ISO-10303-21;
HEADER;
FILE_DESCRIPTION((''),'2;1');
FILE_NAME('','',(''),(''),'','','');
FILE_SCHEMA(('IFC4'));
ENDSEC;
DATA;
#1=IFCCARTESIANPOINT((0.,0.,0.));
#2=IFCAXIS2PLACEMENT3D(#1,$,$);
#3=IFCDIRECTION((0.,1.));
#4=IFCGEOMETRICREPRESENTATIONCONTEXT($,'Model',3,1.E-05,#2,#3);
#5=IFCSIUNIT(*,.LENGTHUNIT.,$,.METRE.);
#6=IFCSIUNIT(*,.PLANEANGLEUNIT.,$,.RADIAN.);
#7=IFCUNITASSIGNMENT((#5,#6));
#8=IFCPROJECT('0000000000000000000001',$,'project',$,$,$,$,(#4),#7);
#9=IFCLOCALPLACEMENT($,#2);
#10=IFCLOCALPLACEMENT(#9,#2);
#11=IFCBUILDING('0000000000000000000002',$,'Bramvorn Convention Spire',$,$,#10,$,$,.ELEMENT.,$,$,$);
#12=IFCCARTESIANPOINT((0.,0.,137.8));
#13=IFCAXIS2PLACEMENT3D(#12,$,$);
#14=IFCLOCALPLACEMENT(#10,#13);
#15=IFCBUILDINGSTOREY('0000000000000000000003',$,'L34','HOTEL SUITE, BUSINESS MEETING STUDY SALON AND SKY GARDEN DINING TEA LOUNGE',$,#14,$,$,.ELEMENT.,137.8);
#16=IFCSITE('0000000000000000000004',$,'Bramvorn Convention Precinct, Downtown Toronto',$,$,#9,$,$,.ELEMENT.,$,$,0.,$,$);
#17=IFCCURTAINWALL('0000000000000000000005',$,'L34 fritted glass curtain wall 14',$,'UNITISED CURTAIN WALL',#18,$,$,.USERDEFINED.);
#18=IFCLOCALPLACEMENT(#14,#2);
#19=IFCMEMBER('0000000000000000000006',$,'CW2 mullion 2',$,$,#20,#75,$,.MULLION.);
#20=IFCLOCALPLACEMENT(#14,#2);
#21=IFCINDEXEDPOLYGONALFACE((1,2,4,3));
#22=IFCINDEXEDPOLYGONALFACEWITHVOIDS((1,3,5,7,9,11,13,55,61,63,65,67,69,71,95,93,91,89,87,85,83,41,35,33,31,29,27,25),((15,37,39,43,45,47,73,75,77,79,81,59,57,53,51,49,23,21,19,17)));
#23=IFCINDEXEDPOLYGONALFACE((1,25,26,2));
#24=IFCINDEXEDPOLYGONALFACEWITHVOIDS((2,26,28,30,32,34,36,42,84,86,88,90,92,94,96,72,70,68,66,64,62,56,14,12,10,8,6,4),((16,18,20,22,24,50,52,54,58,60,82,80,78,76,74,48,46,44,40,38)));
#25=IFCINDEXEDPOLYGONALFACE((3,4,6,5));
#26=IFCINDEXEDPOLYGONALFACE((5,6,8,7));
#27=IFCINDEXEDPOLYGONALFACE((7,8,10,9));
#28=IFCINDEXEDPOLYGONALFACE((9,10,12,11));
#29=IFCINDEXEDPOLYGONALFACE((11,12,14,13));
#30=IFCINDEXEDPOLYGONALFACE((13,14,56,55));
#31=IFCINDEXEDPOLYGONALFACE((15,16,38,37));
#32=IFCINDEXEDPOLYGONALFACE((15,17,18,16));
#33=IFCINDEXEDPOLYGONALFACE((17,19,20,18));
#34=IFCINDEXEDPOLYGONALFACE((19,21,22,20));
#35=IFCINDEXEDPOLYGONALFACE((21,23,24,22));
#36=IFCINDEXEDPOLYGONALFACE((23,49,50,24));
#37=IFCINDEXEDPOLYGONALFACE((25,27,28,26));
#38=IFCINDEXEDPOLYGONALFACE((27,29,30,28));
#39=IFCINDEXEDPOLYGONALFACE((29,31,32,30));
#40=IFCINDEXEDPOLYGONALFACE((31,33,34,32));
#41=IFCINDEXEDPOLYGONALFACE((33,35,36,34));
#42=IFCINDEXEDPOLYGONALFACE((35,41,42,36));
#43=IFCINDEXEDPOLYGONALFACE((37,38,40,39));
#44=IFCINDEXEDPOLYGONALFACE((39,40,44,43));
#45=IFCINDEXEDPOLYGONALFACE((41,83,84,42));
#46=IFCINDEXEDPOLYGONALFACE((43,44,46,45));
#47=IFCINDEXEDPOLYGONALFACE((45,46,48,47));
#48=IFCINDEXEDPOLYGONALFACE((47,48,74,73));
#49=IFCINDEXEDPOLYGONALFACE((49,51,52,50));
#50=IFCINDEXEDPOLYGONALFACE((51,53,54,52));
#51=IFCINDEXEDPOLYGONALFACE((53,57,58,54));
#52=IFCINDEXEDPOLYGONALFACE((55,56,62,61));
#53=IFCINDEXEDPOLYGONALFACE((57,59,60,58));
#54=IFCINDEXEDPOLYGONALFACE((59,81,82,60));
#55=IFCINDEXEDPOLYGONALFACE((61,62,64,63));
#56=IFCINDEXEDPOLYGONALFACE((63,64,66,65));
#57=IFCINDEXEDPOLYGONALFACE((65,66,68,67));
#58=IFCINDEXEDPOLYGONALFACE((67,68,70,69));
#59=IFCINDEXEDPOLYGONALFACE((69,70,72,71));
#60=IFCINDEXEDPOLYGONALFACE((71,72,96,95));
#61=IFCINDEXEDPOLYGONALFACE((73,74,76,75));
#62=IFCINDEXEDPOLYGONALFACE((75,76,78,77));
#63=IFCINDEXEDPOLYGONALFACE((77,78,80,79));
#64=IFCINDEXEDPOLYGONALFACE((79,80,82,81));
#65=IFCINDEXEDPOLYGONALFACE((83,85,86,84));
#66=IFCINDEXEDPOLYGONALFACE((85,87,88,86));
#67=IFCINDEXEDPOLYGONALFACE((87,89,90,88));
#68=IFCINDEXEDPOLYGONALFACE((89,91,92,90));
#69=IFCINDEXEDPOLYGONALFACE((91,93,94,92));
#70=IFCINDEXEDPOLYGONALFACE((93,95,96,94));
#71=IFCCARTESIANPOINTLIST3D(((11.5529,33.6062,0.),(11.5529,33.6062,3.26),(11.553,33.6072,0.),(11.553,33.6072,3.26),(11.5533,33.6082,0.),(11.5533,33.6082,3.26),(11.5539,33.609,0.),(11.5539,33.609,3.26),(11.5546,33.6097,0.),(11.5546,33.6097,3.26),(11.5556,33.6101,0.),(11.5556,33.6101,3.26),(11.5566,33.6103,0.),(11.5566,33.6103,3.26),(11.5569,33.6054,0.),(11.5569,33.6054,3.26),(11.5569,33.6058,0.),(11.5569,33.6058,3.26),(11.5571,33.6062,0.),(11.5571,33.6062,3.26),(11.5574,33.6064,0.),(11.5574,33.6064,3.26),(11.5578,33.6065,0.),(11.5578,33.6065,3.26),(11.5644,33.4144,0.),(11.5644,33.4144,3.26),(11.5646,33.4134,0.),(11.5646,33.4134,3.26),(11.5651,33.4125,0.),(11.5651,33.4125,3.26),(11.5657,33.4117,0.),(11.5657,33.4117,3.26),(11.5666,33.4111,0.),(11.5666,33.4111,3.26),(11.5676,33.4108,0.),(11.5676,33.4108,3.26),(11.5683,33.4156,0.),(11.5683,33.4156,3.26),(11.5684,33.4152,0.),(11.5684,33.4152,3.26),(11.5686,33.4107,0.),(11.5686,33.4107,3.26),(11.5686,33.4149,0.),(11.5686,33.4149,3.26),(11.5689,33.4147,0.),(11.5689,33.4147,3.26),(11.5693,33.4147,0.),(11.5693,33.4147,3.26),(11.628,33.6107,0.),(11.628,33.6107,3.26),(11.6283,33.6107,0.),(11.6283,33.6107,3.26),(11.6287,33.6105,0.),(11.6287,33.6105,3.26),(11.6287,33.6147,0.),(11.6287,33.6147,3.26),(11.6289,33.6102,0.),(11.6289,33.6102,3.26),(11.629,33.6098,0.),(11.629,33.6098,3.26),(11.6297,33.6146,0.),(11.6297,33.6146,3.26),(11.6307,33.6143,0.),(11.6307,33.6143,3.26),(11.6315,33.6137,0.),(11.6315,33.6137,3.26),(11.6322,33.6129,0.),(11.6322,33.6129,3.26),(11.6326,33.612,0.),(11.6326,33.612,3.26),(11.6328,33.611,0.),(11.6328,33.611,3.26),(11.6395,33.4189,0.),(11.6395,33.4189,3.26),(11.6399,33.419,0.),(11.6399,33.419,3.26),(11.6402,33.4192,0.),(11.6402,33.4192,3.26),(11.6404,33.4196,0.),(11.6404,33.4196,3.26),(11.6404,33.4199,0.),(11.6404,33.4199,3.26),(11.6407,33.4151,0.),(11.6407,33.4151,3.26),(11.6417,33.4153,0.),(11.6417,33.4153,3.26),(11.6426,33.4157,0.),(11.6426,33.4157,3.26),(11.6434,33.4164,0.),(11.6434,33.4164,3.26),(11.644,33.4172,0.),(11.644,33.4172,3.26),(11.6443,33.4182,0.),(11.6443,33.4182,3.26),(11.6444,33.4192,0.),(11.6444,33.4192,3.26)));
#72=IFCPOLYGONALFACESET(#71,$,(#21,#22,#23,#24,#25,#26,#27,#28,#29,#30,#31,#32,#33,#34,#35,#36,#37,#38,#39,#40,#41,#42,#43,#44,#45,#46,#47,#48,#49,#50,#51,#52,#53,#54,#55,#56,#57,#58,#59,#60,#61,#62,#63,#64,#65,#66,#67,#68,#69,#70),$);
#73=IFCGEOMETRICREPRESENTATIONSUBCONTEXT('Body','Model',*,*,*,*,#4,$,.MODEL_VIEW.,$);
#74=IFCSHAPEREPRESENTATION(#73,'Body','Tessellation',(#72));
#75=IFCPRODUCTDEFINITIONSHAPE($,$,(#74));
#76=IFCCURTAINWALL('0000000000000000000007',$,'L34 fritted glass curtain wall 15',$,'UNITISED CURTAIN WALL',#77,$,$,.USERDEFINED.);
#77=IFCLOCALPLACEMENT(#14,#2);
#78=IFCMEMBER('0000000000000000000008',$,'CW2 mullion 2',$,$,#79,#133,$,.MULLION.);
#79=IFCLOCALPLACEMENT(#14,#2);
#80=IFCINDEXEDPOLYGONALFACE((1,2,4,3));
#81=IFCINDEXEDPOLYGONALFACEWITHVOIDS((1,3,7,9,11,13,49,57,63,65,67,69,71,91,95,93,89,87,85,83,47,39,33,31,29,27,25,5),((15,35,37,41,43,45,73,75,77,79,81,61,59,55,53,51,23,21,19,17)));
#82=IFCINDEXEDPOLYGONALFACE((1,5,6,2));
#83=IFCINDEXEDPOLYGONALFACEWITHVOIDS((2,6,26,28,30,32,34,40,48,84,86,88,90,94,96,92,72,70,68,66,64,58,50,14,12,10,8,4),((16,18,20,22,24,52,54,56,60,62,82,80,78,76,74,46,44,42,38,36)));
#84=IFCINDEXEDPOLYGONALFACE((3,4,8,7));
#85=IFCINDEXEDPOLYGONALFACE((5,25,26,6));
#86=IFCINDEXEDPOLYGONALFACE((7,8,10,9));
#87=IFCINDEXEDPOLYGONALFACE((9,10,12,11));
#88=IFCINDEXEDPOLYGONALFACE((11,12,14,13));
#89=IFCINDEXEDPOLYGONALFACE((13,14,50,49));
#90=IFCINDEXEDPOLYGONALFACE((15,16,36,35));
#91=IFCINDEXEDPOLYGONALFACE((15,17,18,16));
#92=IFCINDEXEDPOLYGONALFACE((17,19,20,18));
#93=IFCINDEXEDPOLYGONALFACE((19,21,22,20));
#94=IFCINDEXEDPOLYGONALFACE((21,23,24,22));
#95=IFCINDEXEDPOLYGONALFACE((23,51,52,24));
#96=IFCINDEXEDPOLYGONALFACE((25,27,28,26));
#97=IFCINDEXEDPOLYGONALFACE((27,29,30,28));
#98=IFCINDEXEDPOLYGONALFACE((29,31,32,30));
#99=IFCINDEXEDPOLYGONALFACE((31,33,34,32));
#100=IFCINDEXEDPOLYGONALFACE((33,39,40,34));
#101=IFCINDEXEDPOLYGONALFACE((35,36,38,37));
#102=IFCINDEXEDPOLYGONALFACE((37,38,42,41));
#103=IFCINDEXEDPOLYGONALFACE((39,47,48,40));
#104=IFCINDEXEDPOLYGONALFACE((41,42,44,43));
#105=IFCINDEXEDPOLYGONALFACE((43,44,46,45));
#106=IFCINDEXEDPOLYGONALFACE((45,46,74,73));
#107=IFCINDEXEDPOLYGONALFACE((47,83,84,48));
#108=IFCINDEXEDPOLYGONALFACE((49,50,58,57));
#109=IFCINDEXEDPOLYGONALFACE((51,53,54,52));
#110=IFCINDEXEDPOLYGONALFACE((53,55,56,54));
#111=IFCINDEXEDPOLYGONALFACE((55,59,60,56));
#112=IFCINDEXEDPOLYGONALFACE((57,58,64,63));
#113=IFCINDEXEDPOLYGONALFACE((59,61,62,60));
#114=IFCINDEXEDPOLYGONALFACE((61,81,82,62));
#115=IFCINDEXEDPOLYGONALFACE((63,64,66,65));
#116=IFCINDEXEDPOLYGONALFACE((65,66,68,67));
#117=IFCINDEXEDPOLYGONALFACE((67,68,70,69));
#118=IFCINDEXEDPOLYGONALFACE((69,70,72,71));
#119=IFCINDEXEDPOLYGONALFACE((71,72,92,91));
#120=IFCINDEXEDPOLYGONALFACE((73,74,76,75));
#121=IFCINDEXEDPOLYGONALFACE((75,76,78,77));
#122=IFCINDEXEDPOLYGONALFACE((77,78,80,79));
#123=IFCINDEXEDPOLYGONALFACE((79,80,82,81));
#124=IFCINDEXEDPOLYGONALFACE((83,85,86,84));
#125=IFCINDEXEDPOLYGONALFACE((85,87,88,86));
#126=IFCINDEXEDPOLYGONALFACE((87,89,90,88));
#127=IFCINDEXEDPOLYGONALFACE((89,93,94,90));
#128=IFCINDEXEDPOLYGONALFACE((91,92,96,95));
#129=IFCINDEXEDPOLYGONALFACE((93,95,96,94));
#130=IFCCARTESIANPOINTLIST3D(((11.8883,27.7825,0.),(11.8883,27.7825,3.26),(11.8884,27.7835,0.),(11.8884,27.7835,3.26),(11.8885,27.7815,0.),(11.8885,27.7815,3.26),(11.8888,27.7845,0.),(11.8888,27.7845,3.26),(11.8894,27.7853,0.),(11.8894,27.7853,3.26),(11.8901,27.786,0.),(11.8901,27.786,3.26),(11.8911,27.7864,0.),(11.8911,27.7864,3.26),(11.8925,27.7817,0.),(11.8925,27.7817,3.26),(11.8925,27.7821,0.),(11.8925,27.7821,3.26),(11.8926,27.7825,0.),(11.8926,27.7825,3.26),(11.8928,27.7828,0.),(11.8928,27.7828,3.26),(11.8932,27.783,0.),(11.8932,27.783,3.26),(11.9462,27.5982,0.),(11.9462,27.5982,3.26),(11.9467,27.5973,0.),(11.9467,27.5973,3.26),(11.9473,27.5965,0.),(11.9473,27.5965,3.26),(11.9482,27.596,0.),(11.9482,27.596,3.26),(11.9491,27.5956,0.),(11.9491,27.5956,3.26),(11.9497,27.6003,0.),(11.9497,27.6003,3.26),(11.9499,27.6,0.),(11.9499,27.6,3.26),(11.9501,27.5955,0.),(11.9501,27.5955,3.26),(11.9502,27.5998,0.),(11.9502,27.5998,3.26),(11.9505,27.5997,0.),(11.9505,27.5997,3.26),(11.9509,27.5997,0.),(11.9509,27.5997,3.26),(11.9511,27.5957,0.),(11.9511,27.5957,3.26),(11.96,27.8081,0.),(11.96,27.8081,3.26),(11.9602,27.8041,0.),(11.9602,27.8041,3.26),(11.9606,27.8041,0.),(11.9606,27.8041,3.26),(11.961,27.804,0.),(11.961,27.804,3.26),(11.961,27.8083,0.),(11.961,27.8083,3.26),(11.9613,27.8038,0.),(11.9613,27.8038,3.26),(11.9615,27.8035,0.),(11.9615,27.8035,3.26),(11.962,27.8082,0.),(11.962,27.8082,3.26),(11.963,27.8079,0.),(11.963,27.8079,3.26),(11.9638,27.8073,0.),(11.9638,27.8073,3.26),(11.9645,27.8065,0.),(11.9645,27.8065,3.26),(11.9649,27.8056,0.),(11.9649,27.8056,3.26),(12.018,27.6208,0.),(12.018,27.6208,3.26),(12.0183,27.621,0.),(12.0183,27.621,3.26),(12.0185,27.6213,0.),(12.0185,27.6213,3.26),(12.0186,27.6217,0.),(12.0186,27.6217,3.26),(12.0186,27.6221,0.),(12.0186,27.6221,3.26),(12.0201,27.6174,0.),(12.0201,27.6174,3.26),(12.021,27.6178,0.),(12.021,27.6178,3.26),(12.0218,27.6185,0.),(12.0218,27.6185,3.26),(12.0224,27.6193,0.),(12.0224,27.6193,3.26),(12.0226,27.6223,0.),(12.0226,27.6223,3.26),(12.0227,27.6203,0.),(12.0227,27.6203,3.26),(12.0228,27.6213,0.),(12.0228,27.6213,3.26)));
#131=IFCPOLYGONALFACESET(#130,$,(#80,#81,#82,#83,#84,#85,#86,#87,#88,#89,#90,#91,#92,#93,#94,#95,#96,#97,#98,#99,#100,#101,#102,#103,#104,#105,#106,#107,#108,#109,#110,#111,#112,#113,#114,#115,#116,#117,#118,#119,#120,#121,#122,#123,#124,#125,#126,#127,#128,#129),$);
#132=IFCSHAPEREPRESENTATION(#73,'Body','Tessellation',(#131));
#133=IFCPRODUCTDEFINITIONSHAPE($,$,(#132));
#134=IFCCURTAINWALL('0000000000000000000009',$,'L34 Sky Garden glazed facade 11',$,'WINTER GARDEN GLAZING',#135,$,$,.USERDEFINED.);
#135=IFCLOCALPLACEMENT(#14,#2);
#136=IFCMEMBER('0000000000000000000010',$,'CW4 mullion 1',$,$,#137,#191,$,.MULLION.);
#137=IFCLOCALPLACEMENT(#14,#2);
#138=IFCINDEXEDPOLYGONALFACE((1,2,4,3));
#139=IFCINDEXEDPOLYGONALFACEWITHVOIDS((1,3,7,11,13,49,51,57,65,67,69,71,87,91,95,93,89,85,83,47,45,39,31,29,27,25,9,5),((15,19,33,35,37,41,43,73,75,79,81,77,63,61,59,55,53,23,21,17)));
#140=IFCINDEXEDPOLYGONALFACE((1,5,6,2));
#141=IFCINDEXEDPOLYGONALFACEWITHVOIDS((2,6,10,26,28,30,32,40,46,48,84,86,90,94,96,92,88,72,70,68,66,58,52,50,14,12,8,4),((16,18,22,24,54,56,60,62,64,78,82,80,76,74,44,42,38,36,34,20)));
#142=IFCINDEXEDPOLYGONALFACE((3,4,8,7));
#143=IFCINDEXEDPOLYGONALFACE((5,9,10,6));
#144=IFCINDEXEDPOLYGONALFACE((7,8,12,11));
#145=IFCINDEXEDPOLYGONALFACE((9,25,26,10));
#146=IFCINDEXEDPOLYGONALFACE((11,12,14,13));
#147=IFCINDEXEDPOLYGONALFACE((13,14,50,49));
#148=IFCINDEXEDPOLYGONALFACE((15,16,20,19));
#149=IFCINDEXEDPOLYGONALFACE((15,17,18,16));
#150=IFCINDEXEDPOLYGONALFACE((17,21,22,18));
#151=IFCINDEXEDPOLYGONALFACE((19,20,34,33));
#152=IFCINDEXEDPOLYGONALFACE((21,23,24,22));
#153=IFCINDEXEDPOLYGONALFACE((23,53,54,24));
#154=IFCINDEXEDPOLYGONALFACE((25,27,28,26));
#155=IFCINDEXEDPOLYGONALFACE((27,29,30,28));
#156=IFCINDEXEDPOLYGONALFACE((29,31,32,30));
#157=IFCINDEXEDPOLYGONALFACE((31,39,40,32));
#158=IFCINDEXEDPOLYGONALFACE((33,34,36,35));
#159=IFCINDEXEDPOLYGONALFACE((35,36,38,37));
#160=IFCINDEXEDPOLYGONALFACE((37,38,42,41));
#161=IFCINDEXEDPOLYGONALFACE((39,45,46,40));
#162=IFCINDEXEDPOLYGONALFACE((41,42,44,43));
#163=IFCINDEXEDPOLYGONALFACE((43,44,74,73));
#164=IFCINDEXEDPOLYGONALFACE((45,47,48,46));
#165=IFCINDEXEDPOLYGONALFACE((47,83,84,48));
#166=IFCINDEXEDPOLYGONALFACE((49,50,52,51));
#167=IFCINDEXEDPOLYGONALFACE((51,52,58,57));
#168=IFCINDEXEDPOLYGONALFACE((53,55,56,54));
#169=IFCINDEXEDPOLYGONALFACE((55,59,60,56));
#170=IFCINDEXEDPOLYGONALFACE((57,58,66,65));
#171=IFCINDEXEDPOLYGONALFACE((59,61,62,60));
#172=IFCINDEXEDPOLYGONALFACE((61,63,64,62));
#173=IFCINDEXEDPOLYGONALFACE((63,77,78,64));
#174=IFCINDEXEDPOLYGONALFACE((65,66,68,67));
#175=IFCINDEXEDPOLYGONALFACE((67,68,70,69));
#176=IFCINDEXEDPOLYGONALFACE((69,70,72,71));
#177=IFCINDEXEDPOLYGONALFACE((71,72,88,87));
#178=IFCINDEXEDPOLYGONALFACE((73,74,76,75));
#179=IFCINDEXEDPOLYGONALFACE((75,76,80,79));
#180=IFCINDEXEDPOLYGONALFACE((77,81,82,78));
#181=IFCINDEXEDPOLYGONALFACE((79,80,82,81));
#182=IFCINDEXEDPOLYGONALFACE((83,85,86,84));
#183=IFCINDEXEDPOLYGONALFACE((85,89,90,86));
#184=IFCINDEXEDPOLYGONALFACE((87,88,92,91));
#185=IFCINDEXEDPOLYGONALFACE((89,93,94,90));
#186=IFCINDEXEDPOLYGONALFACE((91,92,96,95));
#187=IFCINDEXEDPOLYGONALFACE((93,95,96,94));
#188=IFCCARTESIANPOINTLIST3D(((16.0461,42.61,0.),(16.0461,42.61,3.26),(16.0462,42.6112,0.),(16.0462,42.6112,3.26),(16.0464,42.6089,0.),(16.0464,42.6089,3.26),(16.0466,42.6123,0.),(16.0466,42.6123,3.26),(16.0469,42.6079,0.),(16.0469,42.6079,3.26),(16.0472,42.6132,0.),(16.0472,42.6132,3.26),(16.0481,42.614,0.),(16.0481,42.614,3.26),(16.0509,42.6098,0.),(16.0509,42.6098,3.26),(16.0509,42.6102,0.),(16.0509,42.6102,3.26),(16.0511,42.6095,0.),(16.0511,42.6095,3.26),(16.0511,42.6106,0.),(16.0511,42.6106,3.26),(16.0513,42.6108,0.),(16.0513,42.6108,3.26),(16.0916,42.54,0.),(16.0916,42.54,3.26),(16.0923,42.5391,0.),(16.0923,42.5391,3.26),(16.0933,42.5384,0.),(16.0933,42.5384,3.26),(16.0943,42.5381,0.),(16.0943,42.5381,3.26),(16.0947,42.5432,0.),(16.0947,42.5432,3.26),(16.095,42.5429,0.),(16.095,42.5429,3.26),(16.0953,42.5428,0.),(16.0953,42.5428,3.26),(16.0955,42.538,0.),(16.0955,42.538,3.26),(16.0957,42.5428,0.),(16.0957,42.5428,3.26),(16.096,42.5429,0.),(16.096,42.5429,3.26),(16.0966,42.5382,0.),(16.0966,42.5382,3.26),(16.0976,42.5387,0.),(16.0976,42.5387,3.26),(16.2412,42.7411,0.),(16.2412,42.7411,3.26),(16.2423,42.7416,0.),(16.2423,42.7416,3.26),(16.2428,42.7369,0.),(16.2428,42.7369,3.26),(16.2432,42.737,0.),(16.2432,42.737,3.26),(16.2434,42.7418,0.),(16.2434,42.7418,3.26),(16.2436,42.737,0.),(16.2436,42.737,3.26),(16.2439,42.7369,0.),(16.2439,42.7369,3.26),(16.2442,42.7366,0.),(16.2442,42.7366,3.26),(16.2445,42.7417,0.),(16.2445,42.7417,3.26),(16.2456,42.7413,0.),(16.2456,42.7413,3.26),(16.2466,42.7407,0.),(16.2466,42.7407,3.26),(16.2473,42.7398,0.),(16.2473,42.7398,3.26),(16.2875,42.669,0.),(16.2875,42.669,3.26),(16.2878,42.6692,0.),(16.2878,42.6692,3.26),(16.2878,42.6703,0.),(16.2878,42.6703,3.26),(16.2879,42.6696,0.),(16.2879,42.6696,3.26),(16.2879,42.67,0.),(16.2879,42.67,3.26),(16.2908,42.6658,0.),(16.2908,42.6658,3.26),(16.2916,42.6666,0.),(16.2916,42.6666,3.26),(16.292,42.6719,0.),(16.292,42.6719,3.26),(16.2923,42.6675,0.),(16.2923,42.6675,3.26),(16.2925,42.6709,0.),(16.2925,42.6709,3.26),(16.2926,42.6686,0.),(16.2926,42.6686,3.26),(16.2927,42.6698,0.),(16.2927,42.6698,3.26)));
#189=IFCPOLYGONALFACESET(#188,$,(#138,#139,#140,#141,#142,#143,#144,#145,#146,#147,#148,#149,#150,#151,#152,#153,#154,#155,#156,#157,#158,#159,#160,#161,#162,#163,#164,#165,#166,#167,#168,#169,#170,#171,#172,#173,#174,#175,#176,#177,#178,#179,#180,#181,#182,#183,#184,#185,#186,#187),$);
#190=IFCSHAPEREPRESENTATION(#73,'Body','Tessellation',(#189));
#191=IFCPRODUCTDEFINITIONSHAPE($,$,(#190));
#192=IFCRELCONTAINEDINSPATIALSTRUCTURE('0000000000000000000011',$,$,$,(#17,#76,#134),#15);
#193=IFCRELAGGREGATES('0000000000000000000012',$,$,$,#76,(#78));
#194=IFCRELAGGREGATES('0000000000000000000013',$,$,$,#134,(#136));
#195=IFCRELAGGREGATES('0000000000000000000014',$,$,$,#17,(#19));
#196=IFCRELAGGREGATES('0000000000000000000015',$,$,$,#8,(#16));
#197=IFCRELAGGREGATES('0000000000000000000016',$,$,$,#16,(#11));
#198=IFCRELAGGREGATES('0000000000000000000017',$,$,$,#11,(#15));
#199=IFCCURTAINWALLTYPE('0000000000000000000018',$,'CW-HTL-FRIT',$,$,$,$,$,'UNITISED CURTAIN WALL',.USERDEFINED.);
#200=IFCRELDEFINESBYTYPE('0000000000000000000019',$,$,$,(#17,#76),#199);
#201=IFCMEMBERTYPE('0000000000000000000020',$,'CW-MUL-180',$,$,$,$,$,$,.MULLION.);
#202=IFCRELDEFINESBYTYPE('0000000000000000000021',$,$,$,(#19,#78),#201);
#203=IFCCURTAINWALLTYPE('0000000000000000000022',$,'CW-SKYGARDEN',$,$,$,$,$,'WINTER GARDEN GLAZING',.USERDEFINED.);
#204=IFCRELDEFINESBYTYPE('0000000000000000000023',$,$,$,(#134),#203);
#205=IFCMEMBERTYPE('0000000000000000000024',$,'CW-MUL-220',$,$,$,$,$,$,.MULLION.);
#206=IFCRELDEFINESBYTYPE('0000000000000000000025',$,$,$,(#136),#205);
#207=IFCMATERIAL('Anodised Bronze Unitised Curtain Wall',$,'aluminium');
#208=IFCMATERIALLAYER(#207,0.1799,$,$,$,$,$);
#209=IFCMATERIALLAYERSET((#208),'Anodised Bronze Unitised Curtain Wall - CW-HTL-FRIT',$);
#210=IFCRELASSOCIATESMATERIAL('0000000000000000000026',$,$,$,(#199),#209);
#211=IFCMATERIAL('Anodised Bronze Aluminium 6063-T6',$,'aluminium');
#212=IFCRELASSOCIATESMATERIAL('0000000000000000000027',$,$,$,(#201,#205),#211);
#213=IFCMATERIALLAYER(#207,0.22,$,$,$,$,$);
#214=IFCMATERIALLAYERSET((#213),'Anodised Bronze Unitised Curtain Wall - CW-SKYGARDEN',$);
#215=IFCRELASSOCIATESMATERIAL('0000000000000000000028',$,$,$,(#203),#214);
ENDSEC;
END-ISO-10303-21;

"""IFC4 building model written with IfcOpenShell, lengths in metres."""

from ifc_helpers import new_model, si_unit, direction, frame, origin, origin_2d, place, context, subcontext, project, spatial, hollow_rectangle, extrude, material, layer, layer_set, material_profile, profile_set, type_object, element, aggregate, save


model = new_model("IFC4")

# Units and contexts
model_context = context("Model", 3, precision=1e-05, world=origin(), true_north=direction((0.0, 1.0)))
body_context = subcontext(model_context, "Body", "Model", "MODEL_VIEW")
ifc_project = project(units=[si_unit("LENGTHUNIT", "METRE"), si_unit("PLANEANGLEUNIT", "RADIAN")], contexts=[model_context])

# Site, building, storey
site_placement = place(None, origin())
site = spatial("IfcSite", under=ifc_project, at=site_placement, Name="Bramvorn Convention Precinct, Downtown Toronto", CompositionType="ELEMENT", RefElevation=0.0)
building_placement = place(site_placement, origin())
building = spatial("IfcBuilding", under=site, at=building_placement, Name="Bramvorn Convention Spire", CompositionType="ELEMENT")
storey_placement = place(building_placement, frame((0.0, 0.0, 137.8)))
storey = spatial("IfcBuildingStorey", under=building, at=storey_placement, Name="L34", Description="HOTEL SUITE, BUSINESS MEETING STUDY SALON AND SKY GARDEN DINING TEA LOUNGE", CompositionType="ELEMENT", Elevation=137.8)

# Curtain wall, member
ifc_material_1 = material(Name="Anodised Bronze Unitised Curtain Wall", Category="aluminium")
ifc_layer_1 = layer(ifc_material_1, 0.1799)
ifc_layer_set_1 = layer_set([ifc_layer_1], Name="Anodised Bronze Unitised Curtain Wall - CW-HTL-FRIT")
curtain_wall_type_1 = type_object("IfcCurtainWallType", Name="CW-HTL-FRIT", ElementType="UNITISED CURTAIN WALL", PredefinedType="USERDEFINED", material=ifc_layer_set_1)
ifc_material_2 = material(Name="Anodised Bronze Aluminium 6063-T6", Category="aluminium")
ifc_material_profile_1 = material_profile(ifc_material_2, hollow_rectangle(XDim=0.0801, YDim=0.2, WallThickness=0.0039, InnerFilletRadius=0.001, OuterFilletRadius=0.0039, at=origin_2d()))
ifc_profile_set_1 = profile_set([ifc_material_profile_1], Name="Anodised Bronze Aluminium 6063-T6 - CWM80X200")
member_type_1 = type_object("IfcMemberType", Name="CW-MUL-180", PredefinedType="MULLION", material=ifc_profile_set_1)
curtain_wall_1_placement = place(storey_placement, origin())
curtain_wall_1 = element("IfcCurtainWall", 1, at=curtain_wall_1_placement, inside=storey, type_object=curtain_wall_type_1, Name="L34 fritted glass curtain wall 14", ObjectType="UNITISED CURTAIN WALL", PredefinedType="USERDEFINED")
member_1_placement = place(storey_placement, frame((11.5986, 33.5127, 0.0), z_axis=(0.0, 0.0, 1.0), x_axis=(-0.998196, -0.06004, 0.0)))
member_1 = element("IfcMember", 2, at=member_1_placement, type_object=member_type_1, Name="CW2 mullion 2", PredefinedType="MULLION", context=body_context, shape_type="SweptSolid", body=[
    extrude(hollow_rectangle(XDim=0.0801, YDim=0.2, WallThickness=0.0039, InnerFilletRadius=0.001, OuterFilletRadius=0.0039, at=origin_2d()), origin(), (0.0, 0.0, 1.0), 3.26),
])

# Curtain walls, members
curtain_wall_2_placement = place(storey_placement, origin())
curtain_wall_2 = element("IfcCurtainWall", 3, at=curtain_wall_2_placement, inside=storey, type_object=curtain_wall_type_1, Name="L34 fritted glass curtain wall 15", ObjectType="UNITISED CURTAIN WALL", PredefinedType="USERDEFINED")
member_2_placement = place(storey_placement, frame((11.9556, 27.7019, 0.0), z_axis=(0.0, 0.0, 1.0), x_axis=(-0.95378, -0.300507, 0.0)))
member_2 = element("IfcMember", 4, at=member_2_placement, type_object=member_type_1, Name="CW2 mullion 2", PredefinedType="MULLION", context=body_context, shape_type="SweptSolid", body=[
    extrude(hollow_rectangle(XDim=0.0801, YDim=0.2, WallThickness=0.0039, InnerFilletRadius=0.001, OuterFilletRadius=0.0039, at=origin_2d()), origin(), (0.0, 0.0, 1.0), 3.26),
])
aggregate(curtain_wall_2, [member_2])
ifc_layer_2 = layer(ifc_material_1, 0.22)
ifc_layer_set_2 = layer_set([ifc_layer_2], Name="Anodised Bronze Unitised Curtain Wall - CW-SKYGARDEN")
curtain_wall_type_2 = type_object("IfcCurtainWallType", Name="CW-SKYGARDEN", ElementType="WINTER GARDEN GLAZING", PredefinedType="USERDEFINED", material=ifc_layer_set_2)
curtain_wall_3_placement = place(storey_placement, origin())
curtain_wall_3 = element("IfcCurtainWall", 5, at=curtain_wall_3_placement, inside=storey, type_object=curtain_wall_type_2, Name="L34 Sky Garden glazed facade 11", ObjectType="WINTER GARDEN GLAZING", PredefinedType="USERDEFINED")
ifc_material_profile_2 = material_profile(ifc_material_2, hollow_rectangle(XDim=0.0901, YDim=0.24, WallThickness=0.0044, InnerFilletRadius=0.001, OuterFilletRadius=0.0044, at=origin_2d()))
ifc_profile_set_2 = profile_set([ifc_material_profile_2], Name="Anodised Bronze Aluminium 6063-T6 - CWM90X240")
member_type_2 = type_object("IfcMemberType", Name="CW-MUL-220", PredefinedType="MULLION", material=ifc_profile_set_2)
member_3_placement = place(storey_placement, frame((16.1694, 42.6399, 0.0), z_axis=(0.0, 0.0, 1.0), x_axis=(-0.54986, 0.835257, 0.0)))
member_3 = element("IfcMember", 6, at=member_3_placement, type_object=member_type_2, Name="CW4 mullion 1", PredefinedType="MULLION", context=body_context, shape_type="SweptSolid", body=[
    extrude(hollow_rectangle(XDim=0.0901, YDim=0.24, WallThickness=0.0044, InnerFilletRadius=0.001, OuterFilletRadius=0.0044, at=origin_2d()), origin(), (0.0, 0.0, 1.0), 3.26),
])

aggregate(curtain_wall_3, [member_3])

aggregate(curtain_wall_1, [member_1])

save(model, "model.ifc")
